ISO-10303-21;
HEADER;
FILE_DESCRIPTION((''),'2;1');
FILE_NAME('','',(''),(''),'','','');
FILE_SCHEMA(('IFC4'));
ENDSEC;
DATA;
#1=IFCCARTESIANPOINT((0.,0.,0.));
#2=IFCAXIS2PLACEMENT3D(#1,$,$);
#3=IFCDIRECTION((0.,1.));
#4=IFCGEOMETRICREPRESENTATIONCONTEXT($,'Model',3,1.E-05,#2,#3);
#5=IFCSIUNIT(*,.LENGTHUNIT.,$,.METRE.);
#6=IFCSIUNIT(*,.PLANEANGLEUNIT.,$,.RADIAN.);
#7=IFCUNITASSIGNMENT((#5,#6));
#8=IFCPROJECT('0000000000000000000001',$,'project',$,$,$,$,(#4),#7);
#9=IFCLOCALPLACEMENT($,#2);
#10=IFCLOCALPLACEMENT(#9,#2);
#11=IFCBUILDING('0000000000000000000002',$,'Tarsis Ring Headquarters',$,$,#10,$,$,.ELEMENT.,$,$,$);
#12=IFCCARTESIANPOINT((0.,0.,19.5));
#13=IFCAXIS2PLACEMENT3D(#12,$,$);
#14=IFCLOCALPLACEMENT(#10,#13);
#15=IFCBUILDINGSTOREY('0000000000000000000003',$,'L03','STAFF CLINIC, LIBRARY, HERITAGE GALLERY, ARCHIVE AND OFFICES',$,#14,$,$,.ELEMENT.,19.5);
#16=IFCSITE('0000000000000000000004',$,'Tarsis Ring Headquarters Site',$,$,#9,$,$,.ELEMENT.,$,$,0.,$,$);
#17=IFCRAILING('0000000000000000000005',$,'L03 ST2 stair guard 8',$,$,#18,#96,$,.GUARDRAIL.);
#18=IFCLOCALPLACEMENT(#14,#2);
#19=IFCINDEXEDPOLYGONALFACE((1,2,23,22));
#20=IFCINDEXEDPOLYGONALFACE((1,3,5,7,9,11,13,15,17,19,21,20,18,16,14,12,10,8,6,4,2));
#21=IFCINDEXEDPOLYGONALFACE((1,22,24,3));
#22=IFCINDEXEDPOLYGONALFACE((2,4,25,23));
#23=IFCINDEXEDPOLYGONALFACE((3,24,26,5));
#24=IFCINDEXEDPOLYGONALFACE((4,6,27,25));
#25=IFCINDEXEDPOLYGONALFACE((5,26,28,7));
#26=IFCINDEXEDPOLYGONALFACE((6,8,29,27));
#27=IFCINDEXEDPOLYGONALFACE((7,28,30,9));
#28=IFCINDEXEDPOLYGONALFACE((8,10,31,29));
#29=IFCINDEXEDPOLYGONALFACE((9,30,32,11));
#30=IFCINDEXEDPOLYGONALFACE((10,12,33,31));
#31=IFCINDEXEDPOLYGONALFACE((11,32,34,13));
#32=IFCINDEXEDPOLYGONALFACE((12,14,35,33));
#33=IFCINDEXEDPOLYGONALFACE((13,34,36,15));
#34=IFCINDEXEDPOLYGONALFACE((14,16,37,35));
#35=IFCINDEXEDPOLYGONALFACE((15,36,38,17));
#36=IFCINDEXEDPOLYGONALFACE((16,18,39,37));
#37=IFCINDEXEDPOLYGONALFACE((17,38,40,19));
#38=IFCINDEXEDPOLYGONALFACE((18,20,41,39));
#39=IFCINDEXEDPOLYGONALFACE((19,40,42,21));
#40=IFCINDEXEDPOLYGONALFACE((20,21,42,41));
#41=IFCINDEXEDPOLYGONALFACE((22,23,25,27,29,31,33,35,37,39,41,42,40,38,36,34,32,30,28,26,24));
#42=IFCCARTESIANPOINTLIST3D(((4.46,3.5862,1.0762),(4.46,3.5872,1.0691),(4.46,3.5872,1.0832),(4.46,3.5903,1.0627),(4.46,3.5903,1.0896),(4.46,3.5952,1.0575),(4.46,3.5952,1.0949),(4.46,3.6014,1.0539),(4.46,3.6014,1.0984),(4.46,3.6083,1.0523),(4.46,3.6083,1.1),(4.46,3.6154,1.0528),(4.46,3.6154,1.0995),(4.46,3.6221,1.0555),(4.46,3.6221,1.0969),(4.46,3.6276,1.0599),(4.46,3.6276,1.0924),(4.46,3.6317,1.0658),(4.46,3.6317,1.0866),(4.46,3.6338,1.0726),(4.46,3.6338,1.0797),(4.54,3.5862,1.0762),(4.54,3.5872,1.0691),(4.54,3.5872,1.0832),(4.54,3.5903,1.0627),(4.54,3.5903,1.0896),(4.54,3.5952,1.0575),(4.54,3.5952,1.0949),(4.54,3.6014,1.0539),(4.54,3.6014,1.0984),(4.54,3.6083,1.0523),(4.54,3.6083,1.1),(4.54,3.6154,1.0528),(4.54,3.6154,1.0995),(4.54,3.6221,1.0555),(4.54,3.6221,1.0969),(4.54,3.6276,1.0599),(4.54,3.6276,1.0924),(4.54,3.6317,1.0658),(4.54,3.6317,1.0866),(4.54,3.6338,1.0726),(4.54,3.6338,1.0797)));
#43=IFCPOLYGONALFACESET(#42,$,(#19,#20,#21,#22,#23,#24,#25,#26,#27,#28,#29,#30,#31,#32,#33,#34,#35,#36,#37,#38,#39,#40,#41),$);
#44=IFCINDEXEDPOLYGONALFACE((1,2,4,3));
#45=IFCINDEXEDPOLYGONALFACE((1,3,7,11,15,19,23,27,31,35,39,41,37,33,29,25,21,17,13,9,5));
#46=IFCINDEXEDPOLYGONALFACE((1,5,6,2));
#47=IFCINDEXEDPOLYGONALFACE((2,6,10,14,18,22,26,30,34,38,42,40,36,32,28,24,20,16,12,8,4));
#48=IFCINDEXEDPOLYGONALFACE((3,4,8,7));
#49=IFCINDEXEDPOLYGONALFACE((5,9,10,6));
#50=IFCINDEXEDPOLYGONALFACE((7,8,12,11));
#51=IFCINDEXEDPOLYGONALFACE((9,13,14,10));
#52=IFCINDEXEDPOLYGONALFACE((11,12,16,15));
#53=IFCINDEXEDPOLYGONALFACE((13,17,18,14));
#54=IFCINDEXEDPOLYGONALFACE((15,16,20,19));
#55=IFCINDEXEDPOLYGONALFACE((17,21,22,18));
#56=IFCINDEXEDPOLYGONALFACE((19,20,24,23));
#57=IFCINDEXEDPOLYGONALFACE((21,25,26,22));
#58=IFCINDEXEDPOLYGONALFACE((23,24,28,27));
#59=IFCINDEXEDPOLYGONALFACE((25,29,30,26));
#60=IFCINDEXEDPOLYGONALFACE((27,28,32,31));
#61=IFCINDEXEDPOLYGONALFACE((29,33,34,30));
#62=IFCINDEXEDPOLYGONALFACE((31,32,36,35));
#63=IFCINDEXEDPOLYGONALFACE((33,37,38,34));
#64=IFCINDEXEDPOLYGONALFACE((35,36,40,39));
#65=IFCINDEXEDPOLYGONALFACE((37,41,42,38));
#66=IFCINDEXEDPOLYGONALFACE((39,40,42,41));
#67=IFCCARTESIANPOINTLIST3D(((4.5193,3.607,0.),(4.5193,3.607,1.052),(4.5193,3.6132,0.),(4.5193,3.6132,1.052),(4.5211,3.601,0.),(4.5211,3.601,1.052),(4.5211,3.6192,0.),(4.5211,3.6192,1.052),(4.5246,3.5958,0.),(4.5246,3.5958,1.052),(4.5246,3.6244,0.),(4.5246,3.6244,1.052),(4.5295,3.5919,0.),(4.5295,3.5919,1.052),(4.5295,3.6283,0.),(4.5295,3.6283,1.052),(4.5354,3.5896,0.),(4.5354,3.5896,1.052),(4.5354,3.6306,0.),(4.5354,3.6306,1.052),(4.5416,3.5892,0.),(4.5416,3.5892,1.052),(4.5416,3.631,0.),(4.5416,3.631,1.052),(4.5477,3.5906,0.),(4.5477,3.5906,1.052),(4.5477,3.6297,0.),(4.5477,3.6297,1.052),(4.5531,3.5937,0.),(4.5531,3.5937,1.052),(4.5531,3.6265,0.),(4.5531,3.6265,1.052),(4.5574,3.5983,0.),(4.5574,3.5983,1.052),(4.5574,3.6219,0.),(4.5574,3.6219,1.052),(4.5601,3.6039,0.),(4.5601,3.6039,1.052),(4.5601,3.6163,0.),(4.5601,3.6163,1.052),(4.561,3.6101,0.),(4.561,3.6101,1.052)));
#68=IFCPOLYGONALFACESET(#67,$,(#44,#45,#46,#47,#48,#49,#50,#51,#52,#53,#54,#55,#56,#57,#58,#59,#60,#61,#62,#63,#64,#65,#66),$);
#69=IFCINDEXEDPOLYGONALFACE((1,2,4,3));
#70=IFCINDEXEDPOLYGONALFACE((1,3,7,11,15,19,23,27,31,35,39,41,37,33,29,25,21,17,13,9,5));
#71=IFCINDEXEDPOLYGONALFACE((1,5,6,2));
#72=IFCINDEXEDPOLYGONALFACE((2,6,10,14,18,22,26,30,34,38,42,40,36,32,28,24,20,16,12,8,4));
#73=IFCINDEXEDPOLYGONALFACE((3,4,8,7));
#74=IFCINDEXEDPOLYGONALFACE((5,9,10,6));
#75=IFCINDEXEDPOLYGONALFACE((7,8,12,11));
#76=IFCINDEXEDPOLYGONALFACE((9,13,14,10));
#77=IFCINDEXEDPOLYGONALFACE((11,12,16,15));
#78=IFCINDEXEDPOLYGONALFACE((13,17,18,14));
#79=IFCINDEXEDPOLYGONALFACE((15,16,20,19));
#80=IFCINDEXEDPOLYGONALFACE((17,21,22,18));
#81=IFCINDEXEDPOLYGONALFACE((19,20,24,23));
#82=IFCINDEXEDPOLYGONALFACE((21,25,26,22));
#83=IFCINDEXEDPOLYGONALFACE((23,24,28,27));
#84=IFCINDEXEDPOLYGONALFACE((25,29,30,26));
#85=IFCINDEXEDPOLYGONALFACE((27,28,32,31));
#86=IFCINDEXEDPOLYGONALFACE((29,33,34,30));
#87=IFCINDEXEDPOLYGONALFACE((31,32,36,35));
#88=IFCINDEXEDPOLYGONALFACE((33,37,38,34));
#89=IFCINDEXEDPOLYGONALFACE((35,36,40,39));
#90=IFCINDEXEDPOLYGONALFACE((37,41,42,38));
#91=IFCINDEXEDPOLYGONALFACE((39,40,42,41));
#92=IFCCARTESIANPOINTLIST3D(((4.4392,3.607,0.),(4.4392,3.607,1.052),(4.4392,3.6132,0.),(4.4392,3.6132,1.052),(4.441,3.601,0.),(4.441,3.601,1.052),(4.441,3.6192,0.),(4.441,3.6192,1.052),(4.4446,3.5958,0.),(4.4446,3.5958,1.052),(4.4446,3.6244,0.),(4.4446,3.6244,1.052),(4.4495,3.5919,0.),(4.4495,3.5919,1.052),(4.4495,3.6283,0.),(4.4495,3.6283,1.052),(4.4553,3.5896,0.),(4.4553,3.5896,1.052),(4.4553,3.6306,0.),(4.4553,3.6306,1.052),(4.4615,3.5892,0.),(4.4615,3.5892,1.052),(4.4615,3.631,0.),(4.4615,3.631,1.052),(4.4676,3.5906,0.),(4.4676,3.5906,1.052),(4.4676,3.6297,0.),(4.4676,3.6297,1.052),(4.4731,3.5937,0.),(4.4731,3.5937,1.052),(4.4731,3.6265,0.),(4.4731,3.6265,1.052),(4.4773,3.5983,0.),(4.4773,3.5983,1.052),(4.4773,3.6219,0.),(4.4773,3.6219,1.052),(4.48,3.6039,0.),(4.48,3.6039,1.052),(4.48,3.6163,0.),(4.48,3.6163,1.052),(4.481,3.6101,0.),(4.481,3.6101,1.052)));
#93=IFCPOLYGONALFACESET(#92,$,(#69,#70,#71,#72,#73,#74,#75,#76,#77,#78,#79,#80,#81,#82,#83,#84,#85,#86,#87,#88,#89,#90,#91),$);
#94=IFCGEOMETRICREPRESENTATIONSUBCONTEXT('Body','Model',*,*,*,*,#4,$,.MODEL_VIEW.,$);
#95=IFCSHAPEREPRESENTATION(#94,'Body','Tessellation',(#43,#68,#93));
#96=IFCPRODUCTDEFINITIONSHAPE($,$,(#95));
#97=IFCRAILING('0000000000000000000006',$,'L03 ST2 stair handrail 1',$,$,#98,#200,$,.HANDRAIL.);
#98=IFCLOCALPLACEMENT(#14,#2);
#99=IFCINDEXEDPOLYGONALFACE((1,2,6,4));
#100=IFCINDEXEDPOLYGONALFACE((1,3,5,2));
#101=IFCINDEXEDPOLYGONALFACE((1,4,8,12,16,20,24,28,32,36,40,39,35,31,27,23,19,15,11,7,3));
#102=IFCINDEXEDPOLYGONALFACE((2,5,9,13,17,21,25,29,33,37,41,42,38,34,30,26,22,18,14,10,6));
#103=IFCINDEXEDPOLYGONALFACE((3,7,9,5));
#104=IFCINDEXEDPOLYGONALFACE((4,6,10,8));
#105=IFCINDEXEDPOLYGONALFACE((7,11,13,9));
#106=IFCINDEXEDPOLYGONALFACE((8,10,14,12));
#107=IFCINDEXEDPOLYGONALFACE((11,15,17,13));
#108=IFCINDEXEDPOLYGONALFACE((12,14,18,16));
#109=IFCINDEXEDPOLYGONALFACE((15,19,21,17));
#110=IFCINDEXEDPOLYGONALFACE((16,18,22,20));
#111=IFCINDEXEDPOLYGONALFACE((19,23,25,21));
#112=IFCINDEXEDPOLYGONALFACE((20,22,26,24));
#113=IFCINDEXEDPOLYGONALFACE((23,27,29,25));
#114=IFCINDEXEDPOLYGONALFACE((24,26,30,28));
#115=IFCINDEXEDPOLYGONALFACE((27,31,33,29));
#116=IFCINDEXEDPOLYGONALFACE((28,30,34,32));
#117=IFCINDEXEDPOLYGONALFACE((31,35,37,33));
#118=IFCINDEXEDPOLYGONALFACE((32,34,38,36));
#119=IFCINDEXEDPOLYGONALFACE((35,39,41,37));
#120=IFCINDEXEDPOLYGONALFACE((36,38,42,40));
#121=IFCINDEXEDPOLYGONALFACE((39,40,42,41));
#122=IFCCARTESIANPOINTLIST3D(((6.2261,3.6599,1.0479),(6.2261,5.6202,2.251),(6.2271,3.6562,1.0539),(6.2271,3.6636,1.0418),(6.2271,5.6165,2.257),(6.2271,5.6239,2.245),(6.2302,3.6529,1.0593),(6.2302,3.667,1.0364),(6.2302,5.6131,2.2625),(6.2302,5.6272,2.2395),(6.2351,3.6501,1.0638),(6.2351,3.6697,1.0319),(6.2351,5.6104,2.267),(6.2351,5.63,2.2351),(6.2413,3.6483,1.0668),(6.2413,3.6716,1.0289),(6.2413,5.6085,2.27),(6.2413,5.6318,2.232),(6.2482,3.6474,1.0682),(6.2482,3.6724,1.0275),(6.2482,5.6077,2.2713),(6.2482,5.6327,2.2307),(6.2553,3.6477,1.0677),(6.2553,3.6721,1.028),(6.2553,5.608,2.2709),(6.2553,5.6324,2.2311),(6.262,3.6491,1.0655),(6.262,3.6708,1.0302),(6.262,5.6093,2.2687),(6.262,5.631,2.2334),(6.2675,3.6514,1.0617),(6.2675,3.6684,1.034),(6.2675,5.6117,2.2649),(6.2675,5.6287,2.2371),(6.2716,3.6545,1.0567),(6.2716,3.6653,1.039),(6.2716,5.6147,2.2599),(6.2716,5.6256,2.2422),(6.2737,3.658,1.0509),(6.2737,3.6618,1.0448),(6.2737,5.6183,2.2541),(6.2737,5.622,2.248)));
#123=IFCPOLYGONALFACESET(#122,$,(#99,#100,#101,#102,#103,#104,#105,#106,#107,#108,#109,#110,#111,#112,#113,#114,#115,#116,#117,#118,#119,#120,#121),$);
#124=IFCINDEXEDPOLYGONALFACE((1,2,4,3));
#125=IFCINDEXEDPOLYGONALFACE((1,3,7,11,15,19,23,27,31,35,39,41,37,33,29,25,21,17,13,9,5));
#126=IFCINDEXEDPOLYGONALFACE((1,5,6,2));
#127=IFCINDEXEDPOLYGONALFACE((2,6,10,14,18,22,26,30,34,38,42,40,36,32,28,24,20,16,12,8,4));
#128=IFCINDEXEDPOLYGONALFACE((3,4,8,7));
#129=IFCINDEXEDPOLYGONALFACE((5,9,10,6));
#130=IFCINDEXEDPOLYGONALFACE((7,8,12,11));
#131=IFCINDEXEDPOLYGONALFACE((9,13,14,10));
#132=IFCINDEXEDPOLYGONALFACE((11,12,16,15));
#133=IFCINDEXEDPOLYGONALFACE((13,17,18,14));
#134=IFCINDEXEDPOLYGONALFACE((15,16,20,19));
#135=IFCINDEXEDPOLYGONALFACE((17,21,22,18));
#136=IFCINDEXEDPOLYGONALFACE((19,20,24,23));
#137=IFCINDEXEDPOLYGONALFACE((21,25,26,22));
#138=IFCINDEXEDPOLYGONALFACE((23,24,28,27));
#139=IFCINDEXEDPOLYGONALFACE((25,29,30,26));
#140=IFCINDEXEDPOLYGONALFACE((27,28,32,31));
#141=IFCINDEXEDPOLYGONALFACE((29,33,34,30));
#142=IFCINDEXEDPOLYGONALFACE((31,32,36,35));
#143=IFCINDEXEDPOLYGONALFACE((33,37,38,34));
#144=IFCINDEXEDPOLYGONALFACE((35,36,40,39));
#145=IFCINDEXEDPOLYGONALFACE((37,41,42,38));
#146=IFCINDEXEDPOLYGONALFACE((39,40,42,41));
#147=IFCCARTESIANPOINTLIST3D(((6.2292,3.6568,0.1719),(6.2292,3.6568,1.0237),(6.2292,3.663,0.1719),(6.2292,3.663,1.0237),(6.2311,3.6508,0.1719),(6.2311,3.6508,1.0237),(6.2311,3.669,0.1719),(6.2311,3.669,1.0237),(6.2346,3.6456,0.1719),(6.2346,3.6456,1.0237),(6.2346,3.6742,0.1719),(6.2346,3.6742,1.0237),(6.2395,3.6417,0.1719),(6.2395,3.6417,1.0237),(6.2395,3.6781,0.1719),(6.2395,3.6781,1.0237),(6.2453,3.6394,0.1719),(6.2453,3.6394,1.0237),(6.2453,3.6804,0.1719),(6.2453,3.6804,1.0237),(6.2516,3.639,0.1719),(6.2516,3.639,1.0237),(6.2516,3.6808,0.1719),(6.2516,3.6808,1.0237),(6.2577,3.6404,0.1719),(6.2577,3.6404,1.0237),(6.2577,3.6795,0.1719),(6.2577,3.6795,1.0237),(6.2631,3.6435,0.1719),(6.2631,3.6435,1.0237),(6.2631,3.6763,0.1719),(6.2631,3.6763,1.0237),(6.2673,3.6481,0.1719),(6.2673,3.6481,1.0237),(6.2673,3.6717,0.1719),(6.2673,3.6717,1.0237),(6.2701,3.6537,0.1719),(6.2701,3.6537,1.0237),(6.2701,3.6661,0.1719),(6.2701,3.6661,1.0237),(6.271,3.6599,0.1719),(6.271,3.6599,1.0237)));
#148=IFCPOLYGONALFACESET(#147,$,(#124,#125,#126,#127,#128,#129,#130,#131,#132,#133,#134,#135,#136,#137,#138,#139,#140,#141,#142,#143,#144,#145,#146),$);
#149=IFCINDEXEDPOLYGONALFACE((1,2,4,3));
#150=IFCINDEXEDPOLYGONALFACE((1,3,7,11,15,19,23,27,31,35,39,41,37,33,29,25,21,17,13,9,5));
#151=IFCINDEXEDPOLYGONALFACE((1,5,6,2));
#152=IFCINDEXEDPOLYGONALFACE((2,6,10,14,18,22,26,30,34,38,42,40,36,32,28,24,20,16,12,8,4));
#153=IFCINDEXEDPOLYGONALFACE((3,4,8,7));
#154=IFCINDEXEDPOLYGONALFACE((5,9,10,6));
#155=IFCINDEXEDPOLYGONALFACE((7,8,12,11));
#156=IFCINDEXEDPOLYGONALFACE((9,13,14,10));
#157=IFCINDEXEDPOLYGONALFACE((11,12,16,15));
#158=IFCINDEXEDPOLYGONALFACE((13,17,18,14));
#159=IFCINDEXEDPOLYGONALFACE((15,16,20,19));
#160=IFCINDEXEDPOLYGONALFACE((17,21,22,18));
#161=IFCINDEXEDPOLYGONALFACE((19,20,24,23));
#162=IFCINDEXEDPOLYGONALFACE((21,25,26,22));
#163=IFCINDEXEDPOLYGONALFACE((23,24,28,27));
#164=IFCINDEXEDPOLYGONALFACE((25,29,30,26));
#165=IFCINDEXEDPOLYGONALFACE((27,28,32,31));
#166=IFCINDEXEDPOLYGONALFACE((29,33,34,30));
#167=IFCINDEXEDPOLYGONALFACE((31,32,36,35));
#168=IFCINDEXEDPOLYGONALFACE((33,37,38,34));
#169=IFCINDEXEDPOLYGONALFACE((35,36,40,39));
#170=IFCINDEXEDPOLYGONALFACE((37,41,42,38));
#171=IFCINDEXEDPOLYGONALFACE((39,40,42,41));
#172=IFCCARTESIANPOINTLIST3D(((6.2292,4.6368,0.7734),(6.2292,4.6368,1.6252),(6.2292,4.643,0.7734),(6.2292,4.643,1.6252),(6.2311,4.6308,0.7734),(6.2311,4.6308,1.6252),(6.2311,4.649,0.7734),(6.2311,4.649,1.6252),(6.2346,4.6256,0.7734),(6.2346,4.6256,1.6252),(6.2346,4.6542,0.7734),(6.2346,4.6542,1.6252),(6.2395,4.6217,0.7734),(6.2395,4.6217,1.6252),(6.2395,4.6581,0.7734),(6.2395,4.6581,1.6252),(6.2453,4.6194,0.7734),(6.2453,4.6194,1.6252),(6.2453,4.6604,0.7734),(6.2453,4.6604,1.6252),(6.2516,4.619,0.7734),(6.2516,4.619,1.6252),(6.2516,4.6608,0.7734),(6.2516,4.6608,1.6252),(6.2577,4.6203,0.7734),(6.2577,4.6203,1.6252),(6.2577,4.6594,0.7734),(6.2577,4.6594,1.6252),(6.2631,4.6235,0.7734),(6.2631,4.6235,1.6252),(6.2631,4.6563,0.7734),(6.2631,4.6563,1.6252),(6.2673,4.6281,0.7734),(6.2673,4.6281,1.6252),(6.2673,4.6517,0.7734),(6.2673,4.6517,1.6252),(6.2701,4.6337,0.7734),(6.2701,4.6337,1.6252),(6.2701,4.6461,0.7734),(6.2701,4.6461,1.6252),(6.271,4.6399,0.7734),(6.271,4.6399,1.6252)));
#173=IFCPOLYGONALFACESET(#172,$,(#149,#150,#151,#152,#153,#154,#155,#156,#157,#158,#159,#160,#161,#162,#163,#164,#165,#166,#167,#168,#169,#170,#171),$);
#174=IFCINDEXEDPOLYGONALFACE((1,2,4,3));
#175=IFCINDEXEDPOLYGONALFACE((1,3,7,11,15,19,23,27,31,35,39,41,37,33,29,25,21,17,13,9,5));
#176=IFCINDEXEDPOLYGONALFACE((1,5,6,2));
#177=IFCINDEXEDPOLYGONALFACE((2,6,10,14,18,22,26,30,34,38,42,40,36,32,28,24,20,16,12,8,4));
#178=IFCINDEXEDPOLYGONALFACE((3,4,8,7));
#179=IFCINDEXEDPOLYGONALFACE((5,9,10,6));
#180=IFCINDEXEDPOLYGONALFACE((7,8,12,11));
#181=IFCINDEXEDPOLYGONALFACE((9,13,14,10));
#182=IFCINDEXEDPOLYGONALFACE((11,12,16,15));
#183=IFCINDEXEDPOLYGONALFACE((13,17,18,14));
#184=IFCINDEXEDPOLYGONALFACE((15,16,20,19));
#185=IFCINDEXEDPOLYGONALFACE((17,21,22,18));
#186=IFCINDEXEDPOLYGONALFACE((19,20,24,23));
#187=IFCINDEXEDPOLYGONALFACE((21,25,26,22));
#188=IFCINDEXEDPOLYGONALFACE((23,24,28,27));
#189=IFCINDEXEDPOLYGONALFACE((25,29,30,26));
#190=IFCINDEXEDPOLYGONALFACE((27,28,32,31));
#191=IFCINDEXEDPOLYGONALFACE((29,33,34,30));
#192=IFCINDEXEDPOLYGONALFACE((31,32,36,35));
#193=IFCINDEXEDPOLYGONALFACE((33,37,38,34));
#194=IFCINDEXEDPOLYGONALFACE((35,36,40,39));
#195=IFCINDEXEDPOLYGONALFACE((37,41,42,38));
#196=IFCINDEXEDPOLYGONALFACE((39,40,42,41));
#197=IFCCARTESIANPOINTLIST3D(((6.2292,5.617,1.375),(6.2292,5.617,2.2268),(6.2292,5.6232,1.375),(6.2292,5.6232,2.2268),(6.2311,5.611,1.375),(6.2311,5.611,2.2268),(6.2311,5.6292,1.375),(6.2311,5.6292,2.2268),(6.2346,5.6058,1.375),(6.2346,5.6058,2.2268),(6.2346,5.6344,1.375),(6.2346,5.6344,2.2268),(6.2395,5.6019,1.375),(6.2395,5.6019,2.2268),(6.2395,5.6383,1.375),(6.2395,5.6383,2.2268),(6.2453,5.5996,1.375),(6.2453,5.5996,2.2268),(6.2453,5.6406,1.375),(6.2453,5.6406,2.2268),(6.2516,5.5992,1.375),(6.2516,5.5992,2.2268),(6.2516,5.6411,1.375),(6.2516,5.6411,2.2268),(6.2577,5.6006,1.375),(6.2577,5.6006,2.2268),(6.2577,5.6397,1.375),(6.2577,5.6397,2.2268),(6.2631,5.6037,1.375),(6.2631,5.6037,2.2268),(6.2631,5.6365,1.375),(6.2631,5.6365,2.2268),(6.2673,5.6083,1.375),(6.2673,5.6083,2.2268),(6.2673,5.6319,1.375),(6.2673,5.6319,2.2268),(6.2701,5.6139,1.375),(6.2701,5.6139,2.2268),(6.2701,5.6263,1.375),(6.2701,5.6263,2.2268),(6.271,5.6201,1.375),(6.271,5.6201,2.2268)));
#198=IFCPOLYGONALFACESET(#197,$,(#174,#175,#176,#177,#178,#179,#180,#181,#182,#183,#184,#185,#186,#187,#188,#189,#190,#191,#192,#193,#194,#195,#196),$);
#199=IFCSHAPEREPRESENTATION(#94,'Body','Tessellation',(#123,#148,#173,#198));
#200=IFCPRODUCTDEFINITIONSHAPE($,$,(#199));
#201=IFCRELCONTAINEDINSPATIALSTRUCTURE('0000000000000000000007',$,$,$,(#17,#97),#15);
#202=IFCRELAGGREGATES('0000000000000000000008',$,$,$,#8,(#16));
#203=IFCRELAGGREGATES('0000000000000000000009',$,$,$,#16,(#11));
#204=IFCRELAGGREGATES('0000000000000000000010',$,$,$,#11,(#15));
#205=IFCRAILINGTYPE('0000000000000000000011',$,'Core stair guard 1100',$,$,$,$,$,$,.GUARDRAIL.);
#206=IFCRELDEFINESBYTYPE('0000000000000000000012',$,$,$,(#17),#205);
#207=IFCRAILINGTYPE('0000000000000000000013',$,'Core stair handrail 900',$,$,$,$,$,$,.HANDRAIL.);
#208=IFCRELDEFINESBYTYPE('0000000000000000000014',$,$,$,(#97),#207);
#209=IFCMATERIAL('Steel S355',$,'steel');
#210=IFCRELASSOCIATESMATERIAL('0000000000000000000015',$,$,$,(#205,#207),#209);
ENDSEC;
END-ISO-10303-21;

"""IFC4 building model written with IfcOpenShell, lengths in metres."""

from ifc_helpers import new_model, si_unit, direction, frame, origin, origin_2d, place, context, subcontext, project, spatial, circle, extrude, material, type_object, element, save


model = new_model("IFC4")

# Units and contexts
model_context = context("Model", 3, precision=1e-05, world=origin(), true_north=direction((0.0, 1.0)))
body_context = subcontext(model_context, "Body", "Model", "MODEL_VIEW")
ifc_project = project(units=[si_unit("LENGTHUNIT", "METRE"), si_unit("PLANEANGLEUNIT", "RADIAN")], contexts=[model_context])

# Site, building, storey
site_placement = place(None, origin())
site = spatial("IfcSite", under=ifc_project, at=site_placement, Name="Tarsis Ring Headquarters Site", CompositionType="ELEMENT", RefElevation=0.0)
building_placement = place(site_placement, origin())
building = spatial("IfcBuilding", under=site, at=building_placement, Name="Tarsis Ring Headquarters", CompositionType="ELEMENT")
storey_placement = place(building_placement, frame((0.0, 0.0, 19.5)))
storey = spatial("IfcBuildingStorey", under=building, at=storey_placement, Name="L03", Description="STAFF CLINIC, LIBRARY, HERITAGE GALLERY, ARCHIVE AND OFFICES", CompositionType="ELEMENT", Elevation=19.5)

# Railings
ifc_material_1 = material(Name="Steel S355", Category="steel")
railing_type_1 = type_object("IfcRailingType", Name="Core stair guard 1100", PredefinedType="GUARDRAIL", material=ifc_material_1)
railing_1_placement = place(storey_placement, frame((4.54, 3.6101, 0.0)))
element("IfcRailing", 1, at=railing_1_placement, inside=storey, type_object=railing_type_1, Name="L03 ST2 stair guard 8", PredefinedType="GUARDRAIL", context=body_context, shape_type="SweptSolid", body=[
    extrude(circle(Radius=0.0239, at=origin_2d()), frame((0.0, 0.0, 1.0762), z_axis=(-1.0, 0.0, 0.0), x_axis=(0.0, -1.0, 0.0)), (0.0, 0.0, 1.0), 0.0801),
    extrude(circle(Radius=0.021, at=origin_2d()), origin(), (0.0, 0.0, 1.0), 1.052),
    extrude(circle(Radius=0.021, at=origin_2d()), frame((-0.0801, 0.0, 0.0)), (0.0, 0.0, 1.0), 1.052),
])
railing_type_2 = type_object("IfcRailingType", Name="Core stair handrail 900", PredefinedType="HANDRAIL", material=ifc_material_1)
railing_2_placement = place(storey_placement, frame((6.25, 3.6599, 0.1719)))
element("IfcRailing", 2, at=railing_2_placement, inside=storey, type_object=railing_type_2, Name="L03 ST2 stair handrail 1", PredefinedType="HANDRAIL", context=body_context, shape_type="SweptSolid", body=[
    extrude(circle(Radius=0.0239, at=origin_2d()), frame((0.0, 0.0, 0.876), z_axis=(0.0, 0.85227, 0.523102), x_axis=(-1.0, 0.0, 0.0)), (0.0, 0.0, 1.0), 2.3),
    extrude(circle(Radius=0.021, at=origin_2d()), origin(), (0.0, 0.0, 1.0), 0.8518),
    extrude(circle(Radius=0.021, at=origin_2d()), frame((0.0, 0.98, 0.6016)), (0.0, 0.0, 1.0), 0.8518),
    extrude(circle(Radius=0.021, at=origin_2d()), frame((0.0, 1.9602, 1.2031)), (0.0, 0.0, 1.0), 0.8518),
])

save(model, "model.ifc")
